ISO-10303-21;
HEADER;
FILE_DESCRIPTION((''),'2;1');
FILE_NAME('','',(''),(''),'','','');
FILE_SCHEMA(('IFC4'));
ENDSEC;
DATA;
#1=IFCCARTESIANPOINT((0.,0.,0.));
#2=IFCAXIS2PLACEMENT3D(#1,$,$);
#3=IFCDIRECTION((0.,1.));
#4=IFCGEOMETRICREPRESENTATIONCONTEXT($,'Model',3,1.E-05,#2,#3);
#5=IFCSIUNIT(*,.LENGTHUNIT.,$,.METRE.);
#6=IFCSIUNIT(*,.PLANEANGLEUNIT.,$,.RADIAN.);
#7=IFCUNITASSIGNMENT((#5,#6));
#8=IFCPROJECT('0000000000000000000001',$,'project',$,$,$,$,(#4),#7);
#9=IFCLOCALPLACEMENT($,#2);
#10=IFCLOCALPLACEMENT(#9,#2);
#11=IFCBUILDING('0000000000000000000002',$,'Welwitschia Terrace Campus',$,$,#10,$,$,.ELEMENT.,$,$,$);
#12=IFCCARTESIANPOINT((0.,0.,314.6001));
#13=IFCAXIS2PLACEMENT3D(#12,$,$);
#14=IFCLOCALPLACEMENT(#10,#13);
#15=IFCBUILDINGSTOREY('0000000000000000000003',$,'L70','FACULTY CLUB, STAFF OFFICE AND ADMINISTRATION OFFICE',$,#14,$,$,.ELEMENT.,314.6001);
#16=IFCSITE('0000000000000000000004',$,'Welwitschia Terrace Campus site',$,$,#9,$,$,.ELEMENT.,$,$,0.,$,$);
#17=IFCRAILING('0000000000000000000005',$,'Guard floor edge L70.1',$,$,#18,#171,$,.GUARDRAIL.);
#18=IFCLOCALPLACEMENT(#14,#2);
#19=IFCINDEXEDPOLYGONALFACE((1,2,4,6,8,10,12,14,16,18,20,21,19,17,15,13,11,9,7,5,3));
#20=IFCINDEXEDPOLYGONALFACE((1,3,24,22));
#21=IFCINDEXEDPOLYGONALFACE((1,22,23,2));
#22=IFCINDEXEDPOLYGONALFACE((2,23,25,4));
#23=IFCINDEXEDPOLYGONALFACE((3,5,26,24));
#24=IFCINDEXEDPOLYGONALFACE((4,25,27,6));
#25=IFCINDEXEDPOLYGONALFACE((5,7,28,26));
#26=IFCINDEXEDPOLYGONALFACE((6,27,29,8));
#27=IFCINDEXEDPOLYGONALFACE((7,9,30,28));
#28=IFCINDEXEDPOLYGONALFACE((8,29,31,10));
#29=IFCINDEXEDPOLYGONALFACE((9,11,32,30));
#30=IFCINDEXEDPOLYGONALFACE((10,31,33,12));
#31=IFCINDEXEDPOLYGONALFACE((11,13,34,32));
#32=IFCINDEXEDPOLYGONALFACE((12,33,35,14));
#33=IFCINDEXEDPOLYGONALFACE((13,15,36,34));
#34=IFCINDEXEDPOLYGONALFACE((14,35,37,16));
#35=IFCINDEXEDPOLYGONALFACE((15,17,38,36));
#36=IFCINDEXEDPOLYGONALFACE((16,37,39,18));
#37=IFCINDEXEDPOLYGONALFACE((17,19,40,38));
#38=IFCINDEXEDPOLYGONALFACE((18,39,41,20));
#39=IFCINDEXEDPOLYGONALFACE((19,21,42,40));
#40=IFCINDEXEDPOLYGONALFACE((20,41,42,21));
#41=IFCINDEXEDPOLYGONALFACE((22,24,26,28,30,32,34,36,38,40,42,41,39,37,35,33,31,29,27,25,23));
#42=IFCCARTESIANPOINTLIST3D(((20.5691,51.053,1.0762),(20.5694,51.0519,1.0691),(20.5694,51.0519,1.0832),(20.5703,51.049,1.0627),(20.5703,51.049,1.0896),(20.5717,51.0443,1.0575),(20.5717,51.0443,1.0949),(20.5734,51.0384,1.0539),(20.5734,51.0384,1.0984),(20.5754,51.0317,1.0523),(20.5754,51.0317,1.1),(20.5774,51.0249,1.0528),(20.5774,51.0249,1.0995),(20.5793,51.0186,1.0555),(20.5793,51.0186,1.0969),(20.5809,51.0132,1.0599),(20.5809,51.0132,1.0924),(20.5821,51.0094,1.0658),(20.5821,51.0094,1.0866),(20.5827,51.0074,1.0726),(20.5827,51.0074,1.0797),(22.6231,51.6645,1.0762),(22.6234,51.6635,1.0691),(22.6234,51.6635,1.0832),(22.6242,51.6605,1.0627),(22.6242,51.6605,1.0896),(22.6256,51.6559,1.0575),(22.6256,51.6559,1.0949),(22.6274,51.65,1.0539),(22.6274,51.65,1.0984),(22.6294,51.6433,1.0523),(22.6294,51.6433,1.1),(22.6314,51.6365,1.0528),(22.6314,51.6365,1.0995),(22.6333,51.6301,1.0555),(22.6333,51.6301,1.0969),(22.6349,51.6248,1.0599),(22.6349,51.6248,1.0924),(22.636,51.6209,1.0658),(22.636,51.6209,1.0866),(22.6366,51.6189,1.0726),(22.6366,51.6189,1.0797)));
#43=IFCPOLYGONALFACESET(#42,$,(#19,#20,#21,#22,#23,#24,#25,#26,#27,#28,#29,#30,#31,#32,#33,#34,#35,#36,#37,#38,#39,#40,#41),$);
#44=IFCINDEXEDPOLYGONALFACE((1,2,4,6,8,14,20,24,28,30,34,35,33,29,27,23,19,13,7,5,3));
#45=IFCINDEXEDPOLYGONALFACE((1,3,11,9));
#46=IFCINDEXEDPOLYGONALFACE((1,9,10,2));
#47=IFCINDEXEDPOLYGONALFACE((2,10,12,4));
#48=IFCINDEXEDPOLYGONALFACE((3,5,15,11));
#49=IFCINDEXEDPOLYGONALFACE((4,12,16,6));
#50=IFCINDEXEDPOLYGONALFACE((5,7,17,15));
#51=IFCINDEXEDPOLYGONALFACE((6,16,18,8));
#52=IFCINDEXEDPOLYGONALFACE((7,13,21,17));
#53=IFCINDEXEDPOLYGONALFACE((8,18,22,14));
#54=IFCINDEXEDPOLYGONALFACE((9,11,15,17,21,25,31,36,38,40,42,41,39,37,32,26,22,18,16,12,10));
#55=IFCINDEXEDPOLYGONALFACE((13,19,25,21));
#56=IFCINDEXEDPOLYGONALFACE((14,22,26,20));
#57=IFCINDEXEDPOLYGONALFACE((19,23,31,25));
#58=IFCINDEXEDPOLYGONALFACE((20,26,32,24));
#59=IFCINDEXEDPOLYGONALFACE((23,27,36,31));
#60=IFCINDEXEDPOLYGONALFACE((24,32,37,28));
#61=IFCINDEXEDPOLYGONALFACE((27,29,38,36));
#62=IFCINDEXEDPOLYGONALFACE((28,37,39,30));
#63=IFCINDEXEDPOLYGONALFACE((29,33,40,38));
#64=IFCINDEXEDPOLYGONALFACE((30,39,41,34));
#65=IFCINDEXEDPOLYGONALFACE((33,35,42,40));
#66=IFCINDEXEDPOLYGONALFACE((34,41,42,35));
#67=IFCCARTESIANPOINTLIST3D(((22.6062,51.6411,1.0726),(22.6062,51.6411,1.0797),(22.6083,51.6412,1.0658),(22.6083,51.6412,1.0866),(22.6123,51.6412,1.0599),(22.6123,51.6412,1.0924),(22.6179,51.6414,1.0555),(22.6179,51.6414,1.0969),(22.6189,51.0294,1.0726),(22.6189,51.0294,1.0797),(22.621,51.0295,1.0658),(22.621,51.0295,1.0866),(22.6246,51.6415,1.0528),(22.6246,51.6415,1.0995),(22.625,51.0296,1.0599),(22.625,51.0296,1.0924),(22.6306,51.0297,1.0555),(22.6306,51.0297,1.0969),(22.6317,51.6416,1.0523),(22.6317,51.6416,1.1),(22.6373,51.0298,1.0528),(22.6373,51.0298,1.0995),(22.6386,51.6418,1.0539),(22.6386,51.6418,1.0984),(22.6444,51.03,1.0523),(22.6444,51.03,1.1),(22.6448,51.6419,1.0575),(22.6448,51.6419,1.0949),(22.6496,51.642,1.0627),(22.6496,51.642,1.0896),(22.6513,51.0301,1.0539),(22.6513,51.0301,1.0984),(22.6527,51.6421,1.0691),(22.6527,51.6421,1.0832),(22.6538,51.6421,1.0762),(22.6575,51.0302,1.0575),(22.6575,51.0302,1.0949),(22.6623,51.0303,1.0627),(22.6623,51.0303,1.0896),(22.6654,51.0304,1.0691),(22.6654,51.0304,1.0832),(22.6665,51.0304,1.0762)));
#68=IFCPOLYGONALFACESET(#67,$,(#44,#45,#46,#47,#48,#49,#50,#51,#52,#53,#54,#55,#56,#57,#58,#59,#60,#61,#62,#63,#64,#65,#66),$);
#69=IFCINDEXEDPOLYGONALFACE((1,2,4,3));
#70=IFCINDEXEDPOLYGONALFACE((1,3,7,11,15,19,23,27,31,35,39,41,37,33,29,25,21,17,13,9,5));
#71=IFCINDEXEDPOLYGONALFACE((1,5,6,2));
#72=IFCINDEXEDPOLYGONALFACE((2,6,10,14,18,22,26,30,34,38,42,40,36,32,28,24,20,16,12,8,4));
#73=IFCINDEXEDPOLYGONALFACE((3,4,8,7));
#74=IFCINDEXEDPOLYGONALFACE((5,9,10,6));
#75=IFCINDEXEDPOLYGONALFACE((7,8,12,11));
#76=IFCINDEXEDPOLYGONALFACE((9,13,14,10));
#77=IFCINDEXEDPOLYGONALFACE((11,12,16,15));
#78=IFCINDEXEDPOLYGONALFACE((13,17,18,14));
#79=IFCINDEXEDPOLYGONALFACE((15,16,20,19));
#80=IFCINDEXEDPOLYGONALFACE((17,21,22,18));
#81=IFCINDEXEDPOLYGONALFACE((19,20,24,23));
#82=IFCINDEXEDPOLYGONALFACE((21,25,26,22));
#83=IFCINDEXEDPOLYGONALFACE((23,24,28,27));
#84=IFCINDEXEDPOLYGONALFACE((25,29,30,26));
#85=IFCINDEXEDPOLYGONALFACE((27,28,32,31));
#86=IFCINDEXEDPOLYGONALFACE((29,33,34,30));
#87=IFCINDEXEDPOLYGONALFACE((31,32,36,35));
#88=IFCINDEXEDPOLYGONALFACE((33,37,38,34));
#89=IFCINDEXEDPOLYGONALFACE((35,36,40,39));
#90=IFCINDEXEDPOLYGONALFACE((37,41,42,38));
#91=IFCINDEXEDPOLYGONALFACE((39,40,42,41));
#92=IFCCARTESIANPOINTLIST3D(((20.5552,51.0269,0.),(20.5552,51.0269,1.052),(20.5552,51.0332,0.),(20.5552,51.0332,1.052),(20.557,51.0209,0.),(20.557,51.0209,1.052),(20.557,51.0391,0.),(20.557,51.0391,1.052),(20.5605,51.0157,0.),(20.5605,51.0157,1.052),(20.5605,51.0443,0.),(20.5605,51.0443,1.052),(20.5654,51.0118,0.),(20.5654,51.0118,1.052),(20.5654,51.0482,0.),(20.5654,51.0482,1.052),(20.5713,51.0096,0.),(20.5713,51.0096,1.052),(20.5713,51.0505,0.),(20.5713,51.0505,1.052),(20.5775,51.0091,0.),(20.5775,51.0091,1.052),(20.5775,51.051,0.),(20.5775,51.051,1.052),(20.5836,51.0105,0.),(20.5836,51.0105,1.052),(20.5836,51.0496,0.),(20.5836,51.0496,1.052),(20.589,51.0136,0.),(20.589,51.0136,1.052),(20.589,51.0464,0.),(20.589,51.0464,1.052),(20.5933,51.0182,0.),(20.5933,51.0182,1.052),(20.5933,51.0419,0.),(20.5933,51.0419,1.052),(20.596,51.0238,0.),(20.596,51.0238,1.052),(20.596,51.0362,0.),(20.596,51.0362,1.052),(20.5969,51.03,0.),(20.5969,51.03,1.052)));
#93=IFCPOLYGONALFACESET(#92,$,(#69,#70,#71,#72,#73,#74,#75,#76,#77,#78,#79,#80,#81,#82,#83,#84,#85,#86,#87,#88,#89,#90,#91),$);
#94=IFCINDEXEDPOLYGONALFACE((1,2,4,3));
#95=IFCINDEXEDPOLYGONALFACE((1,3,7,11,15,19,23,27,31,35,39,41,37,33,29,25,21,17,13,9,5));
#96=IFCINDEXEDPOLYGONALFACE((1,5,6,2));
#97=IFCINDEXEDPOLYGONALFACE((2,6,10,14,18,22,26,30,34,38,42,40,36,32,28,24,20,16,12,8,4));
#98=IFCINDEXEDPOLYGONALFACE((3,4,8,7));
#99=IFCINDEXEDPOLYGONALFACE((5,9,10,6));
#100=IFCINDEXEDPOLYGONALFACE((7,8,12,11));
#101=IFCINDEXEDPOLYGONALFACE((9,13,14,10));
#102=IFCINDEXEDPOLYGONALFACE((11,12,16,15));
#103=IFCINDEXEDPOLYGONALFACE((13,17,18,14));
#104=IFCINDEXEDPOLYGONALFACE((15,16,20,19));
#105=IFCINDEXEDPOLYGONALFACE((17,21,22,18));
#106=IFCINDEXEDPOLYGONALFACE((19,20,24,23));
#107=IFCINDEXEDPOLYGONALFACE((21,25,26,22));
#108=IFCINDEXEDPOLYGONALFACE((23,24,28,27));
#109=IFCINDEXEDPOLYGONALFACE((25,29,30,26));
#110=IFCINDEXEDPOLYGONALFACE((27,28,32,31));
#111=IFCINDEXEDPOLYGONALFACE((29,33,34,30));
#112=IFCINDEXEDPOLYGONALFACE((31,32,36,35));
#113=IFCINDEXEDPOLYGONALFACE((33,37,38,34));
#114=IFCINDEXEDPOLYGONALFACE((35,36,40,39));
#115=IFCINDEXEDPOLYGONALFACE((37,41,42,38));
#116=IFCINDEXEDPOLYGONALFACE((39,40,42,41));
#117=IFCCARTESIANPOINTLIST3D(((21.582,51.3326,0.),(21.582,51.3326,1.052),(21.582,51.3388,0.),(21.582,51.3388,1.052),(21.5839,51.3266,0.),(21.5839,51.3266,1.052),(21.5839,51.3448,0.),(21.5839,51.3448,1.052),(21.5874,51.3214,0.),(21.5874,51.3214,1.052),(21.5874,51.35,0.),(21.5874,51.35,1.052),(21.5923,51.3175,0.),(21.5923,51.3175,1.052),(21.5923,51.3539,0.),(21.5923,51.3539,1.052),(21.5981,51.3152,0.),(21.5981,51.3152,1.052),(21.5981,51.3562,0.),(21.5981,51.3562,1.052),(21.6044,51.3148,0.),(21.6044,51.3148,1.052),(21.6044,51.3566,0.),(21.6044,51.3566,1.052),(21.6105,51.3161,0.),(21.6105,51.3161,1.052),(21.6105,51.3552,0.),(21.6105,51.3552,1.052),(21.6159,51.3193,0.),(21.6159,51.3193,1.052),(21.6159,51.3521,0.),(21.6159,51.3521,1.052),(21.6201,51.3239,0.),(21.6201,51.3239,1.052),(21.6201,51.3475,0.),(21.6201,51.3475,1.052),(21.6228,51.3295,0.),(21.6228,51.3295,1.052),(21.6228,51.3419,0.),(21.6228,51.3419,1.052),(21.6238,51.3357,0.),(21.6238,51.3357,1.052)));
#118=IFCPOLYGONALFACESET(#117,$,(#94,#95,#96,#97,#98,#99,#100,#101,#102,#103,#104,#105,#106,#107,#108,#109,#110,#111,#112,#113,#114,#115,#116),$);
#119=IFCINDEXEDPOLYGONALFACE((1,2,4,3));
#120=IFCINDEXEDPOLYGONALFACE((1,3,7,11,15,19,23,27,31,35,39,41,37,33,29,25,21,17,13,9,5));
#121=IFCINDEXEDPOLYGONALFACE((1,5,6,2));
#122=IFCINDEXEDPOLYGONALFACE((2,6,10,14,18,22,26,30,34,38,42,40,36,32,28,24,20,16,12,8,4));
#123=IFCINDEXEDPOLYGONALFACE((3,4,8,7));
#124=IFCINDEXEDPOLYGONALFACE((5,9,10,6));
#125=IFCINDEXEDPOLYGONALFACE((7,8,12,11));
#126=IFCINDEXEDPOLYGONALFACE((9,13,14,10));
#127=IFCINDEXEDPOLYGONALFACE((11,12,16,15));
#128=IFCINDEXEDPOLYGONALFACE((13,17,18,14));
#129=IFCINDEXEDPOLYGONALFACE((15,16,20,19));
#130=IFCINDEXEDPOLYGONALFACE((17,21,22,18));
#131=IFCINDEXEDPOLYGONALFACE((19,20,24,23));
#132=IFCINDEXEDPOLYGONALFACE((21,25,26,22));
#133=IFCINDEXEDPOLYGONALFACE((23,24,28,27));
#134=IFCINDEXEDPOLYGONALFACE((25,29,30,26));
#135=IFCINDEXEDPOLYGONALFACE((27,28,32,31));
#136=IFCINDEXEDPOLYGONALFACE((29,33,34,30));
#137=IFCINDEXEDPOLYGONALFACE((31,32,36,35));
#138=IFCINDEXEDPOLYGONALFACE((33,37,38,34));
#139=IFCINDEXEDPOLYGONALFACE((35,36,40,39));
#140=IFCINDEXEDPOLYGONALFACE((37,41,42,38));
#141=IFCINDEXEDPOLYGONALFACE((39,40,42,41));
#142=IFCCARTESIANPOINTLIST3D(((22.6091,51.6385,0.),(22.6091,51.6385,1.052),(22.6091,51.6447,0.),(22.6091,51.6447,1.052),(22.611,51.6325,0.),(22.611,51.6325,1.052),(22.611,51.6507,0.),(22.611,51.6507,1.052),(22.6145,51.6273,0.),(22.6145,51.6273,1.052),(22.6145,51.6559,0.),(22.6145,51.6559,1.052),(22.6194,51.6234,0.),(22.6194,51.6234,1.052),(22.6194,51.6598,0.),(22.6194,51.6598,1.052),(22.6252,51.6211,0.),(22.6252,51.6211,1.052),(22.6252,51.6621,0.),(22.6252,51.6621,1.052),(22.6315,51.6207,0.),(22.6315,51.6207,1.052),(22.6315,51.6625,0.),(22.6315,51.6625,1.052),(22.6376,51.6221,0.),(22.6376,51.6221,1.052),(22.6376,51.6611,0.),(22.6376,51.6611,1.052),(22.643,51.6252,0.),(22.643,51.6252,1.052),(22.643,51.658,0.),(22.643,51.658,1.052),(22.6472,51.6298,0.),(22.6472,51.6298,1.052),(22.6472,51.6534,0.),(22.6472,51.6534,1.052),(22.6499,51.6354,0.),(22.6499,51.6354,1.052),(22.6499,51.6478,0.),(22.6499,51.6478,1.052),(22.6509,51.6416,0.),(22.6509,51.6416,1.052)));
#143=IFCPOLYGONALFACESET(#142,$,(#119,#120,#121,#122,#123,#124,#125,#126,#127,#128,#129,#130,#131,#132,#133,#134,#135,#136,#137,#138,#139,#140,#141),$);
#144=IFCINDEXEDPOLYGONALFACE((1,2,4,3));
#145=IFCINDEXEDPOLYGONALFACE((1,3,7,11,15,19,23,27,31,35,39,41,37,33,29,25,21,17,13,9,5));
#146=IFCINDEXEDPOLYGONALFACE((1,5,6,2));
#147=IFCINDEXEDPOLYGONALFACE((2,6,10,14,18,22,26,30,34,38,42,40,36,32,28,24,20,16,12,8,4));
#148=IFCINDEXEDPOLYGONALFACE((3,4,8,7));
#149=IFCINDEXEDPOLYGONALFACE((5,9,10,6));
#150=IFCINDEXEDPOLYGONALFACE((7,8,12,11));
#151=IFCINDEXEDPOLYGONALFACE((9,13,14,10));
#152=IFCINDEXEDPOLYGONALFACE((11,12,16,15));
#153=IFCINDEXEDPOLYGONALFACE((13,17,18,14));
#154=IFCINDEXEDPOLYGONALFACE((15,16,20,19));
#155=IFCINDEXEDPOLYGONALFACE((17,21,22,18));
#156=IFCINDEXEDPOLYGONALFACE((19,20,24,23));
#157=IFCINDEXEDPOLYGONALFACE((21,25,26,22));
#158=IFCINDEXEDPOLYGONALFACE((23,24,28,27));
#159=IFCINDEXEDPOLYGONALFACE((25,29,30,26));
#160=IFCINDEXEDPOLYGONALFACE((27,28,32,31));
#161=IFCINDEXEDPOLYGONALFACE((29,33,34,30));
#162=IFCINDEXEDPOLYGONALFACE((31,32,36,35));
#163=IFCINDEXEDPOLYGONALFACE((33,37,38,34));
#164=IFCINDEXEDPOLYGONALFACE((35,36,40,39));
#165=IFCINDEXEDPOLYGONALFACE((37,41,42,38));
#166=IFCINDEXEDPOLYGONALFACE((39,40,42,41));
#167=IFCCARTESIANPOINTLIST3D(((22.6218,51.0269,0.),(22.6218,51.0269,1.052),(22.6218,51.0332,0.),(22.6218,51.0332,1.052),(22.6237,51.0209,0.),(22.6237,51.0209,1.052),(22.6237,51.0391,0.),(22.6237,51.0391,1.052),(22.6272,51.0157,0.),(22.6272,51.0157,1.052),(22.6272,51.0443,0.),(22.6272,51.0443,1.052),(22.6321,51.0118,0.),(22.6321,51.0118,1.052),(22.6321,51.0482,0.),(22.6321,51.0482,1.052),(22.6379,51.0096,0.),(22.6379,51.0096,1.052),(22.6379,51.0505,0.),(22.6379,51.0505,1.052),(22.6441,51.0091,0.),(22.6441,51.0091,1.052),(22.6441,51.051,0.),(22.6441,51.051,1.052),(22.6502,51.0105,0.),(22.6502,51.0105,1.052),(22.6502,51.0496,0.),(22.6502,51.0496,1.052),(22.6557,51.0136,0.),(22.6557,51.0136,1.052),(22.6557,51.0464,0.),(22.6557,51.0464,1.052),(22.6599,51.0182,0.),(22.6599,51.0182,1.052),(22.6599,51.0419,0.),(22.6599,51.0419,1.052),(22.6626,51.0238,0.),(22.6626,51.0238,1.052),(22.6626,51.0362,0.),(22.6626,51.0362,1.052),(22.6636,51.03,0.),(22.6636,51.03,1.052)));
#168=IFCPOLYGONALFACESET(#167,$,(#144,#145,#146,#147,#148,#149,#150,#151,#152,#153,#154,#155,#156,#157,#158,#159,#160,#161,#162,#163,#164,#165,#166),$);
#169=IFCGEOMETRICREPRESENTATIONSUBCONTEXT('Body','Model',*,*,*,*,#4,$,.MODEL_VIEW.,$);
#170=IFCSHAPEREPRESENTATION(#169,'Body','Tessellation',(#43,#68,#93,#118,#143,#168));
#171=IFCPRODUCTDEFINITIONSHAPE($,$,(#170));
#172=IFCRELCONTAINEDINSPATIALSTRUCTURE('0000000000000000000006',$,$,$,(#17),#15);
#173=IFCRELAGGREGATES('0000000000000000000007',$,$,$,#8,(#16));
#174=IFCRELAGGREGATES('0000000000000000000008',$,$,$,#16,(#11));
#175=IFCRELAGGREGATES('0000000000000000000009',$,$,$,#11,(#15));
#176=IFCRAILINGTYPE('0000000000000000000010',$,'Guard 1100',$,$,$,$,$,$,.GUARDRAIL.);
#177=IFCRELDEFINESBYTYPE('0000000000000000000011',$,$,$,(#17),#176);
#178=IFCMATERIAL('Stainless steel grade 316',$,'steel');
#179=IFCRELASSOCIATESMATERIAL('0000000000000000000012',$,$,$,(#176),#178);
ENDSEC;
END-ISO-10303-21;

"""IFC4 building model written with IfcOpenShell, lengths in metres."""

from ifc_helpers import new_model, si_unit, direction, frame, origin, origin_2d, place, context, subcontext, project, spatial, circle, extrude, material, type_object, element, save


model = new_model("IFC4")

# Units and contexts
model_context = context("Model", 3, precision=1e-05, world=origin(), true_north=direction((0.0, 1.0)))
body_context = subcontext(model_context, "Body", "Model", "MODEL_VIEW")
ifc_project = project(units=[si_unit("LENGTHUNIT", "METRE"), si_unit("PLANEANGLEUNIT", "RADIAN")], contexts=[model_context])

# Site, building, storey
site_placement = place(None, origin())
site = spatial("IfcSite", under=ifc_project, at=site_placement, Name="Welwitschia Terrace Campus site", CompositionType="ELEMENT", RefElevation=0.0)
building_placement = place(site_placement, origin())
building = spatial("IfcBuilding", under=site, at=building_placement, Name="Welwitschia Terrace Campus", CompositionType="ELEMENT")
storey_placement = place(building_placement, frame((0.0, 0.0, 314.6001)))
storey = spatial("IfcBuildingStorey", under=building, at=storey_placement, Name="L70", Description="FACULTY CLUB, STAFF OFFICE AND ADMINISTRATION OFFICE", CompositionType="ELEMENT", Elevation=314.6001)

# Railing
ifc_material_1 = material(Name="Stainless steel grade 316", Category="steel")
railing_type = type_object("IfcRailingType", Name="Guard 1100", PredefinedType="GUARDRAIL", material=ifc_material_1)
railing_1_placement = place(storey_placement, frame((20.5759, 51.03, 0.0)))
element("IfcRailing", 1, at=railing_1_placement, inside=storey, type_object=railing_type, Name="Guard floor edge L70.1", PredefinedType="GUARDRAIL", context=body_context, shape_type="SweptSolid", body=[
    extrude(circle(Radius=0.0239, at=origin_2d()), frame((0.0, 0.0, 1.0762), z_axis=(0.958417, 0.285372, 0.0), x_axis=(-0.285372, 0.958417, 0.0)), (0.0, 0.0, 1.0), 2.1431),
    extrude(circle(Radius=0.0239, at=origin_2d()), frame((2.054, 0.6116, 1.0762), z_axis=(0.020754, -0.999785, 0.0), x_axis=(0.999785, 0.020754, 0.0)), (0.0, 0.0, 1.0), 0.6118),
    extrude(circle(Radius=0.021, at=origin_2d()), origin(), (0.0, 0.0, 1.0), 1.052),
    extrude(circle(Radius=0.021, at=origin_2d()), frame((1.0269, 0.3057, 0.0)), (0.0, 0.0, 1.0), 1.052),
    extrude(circle(Radius=0.021, at=origin_2d()), frame((2.054, 0.6116, 0.0)), (0.0, 0.0, 1.0), 1.052),
    extrude(circle(Radius=0.021, at=origin_2d()), frame((2.0667, 0.0, 0.0)), (0.0, 0.0, 1.0), 1.052),
])

save(model, "model.ifc")
